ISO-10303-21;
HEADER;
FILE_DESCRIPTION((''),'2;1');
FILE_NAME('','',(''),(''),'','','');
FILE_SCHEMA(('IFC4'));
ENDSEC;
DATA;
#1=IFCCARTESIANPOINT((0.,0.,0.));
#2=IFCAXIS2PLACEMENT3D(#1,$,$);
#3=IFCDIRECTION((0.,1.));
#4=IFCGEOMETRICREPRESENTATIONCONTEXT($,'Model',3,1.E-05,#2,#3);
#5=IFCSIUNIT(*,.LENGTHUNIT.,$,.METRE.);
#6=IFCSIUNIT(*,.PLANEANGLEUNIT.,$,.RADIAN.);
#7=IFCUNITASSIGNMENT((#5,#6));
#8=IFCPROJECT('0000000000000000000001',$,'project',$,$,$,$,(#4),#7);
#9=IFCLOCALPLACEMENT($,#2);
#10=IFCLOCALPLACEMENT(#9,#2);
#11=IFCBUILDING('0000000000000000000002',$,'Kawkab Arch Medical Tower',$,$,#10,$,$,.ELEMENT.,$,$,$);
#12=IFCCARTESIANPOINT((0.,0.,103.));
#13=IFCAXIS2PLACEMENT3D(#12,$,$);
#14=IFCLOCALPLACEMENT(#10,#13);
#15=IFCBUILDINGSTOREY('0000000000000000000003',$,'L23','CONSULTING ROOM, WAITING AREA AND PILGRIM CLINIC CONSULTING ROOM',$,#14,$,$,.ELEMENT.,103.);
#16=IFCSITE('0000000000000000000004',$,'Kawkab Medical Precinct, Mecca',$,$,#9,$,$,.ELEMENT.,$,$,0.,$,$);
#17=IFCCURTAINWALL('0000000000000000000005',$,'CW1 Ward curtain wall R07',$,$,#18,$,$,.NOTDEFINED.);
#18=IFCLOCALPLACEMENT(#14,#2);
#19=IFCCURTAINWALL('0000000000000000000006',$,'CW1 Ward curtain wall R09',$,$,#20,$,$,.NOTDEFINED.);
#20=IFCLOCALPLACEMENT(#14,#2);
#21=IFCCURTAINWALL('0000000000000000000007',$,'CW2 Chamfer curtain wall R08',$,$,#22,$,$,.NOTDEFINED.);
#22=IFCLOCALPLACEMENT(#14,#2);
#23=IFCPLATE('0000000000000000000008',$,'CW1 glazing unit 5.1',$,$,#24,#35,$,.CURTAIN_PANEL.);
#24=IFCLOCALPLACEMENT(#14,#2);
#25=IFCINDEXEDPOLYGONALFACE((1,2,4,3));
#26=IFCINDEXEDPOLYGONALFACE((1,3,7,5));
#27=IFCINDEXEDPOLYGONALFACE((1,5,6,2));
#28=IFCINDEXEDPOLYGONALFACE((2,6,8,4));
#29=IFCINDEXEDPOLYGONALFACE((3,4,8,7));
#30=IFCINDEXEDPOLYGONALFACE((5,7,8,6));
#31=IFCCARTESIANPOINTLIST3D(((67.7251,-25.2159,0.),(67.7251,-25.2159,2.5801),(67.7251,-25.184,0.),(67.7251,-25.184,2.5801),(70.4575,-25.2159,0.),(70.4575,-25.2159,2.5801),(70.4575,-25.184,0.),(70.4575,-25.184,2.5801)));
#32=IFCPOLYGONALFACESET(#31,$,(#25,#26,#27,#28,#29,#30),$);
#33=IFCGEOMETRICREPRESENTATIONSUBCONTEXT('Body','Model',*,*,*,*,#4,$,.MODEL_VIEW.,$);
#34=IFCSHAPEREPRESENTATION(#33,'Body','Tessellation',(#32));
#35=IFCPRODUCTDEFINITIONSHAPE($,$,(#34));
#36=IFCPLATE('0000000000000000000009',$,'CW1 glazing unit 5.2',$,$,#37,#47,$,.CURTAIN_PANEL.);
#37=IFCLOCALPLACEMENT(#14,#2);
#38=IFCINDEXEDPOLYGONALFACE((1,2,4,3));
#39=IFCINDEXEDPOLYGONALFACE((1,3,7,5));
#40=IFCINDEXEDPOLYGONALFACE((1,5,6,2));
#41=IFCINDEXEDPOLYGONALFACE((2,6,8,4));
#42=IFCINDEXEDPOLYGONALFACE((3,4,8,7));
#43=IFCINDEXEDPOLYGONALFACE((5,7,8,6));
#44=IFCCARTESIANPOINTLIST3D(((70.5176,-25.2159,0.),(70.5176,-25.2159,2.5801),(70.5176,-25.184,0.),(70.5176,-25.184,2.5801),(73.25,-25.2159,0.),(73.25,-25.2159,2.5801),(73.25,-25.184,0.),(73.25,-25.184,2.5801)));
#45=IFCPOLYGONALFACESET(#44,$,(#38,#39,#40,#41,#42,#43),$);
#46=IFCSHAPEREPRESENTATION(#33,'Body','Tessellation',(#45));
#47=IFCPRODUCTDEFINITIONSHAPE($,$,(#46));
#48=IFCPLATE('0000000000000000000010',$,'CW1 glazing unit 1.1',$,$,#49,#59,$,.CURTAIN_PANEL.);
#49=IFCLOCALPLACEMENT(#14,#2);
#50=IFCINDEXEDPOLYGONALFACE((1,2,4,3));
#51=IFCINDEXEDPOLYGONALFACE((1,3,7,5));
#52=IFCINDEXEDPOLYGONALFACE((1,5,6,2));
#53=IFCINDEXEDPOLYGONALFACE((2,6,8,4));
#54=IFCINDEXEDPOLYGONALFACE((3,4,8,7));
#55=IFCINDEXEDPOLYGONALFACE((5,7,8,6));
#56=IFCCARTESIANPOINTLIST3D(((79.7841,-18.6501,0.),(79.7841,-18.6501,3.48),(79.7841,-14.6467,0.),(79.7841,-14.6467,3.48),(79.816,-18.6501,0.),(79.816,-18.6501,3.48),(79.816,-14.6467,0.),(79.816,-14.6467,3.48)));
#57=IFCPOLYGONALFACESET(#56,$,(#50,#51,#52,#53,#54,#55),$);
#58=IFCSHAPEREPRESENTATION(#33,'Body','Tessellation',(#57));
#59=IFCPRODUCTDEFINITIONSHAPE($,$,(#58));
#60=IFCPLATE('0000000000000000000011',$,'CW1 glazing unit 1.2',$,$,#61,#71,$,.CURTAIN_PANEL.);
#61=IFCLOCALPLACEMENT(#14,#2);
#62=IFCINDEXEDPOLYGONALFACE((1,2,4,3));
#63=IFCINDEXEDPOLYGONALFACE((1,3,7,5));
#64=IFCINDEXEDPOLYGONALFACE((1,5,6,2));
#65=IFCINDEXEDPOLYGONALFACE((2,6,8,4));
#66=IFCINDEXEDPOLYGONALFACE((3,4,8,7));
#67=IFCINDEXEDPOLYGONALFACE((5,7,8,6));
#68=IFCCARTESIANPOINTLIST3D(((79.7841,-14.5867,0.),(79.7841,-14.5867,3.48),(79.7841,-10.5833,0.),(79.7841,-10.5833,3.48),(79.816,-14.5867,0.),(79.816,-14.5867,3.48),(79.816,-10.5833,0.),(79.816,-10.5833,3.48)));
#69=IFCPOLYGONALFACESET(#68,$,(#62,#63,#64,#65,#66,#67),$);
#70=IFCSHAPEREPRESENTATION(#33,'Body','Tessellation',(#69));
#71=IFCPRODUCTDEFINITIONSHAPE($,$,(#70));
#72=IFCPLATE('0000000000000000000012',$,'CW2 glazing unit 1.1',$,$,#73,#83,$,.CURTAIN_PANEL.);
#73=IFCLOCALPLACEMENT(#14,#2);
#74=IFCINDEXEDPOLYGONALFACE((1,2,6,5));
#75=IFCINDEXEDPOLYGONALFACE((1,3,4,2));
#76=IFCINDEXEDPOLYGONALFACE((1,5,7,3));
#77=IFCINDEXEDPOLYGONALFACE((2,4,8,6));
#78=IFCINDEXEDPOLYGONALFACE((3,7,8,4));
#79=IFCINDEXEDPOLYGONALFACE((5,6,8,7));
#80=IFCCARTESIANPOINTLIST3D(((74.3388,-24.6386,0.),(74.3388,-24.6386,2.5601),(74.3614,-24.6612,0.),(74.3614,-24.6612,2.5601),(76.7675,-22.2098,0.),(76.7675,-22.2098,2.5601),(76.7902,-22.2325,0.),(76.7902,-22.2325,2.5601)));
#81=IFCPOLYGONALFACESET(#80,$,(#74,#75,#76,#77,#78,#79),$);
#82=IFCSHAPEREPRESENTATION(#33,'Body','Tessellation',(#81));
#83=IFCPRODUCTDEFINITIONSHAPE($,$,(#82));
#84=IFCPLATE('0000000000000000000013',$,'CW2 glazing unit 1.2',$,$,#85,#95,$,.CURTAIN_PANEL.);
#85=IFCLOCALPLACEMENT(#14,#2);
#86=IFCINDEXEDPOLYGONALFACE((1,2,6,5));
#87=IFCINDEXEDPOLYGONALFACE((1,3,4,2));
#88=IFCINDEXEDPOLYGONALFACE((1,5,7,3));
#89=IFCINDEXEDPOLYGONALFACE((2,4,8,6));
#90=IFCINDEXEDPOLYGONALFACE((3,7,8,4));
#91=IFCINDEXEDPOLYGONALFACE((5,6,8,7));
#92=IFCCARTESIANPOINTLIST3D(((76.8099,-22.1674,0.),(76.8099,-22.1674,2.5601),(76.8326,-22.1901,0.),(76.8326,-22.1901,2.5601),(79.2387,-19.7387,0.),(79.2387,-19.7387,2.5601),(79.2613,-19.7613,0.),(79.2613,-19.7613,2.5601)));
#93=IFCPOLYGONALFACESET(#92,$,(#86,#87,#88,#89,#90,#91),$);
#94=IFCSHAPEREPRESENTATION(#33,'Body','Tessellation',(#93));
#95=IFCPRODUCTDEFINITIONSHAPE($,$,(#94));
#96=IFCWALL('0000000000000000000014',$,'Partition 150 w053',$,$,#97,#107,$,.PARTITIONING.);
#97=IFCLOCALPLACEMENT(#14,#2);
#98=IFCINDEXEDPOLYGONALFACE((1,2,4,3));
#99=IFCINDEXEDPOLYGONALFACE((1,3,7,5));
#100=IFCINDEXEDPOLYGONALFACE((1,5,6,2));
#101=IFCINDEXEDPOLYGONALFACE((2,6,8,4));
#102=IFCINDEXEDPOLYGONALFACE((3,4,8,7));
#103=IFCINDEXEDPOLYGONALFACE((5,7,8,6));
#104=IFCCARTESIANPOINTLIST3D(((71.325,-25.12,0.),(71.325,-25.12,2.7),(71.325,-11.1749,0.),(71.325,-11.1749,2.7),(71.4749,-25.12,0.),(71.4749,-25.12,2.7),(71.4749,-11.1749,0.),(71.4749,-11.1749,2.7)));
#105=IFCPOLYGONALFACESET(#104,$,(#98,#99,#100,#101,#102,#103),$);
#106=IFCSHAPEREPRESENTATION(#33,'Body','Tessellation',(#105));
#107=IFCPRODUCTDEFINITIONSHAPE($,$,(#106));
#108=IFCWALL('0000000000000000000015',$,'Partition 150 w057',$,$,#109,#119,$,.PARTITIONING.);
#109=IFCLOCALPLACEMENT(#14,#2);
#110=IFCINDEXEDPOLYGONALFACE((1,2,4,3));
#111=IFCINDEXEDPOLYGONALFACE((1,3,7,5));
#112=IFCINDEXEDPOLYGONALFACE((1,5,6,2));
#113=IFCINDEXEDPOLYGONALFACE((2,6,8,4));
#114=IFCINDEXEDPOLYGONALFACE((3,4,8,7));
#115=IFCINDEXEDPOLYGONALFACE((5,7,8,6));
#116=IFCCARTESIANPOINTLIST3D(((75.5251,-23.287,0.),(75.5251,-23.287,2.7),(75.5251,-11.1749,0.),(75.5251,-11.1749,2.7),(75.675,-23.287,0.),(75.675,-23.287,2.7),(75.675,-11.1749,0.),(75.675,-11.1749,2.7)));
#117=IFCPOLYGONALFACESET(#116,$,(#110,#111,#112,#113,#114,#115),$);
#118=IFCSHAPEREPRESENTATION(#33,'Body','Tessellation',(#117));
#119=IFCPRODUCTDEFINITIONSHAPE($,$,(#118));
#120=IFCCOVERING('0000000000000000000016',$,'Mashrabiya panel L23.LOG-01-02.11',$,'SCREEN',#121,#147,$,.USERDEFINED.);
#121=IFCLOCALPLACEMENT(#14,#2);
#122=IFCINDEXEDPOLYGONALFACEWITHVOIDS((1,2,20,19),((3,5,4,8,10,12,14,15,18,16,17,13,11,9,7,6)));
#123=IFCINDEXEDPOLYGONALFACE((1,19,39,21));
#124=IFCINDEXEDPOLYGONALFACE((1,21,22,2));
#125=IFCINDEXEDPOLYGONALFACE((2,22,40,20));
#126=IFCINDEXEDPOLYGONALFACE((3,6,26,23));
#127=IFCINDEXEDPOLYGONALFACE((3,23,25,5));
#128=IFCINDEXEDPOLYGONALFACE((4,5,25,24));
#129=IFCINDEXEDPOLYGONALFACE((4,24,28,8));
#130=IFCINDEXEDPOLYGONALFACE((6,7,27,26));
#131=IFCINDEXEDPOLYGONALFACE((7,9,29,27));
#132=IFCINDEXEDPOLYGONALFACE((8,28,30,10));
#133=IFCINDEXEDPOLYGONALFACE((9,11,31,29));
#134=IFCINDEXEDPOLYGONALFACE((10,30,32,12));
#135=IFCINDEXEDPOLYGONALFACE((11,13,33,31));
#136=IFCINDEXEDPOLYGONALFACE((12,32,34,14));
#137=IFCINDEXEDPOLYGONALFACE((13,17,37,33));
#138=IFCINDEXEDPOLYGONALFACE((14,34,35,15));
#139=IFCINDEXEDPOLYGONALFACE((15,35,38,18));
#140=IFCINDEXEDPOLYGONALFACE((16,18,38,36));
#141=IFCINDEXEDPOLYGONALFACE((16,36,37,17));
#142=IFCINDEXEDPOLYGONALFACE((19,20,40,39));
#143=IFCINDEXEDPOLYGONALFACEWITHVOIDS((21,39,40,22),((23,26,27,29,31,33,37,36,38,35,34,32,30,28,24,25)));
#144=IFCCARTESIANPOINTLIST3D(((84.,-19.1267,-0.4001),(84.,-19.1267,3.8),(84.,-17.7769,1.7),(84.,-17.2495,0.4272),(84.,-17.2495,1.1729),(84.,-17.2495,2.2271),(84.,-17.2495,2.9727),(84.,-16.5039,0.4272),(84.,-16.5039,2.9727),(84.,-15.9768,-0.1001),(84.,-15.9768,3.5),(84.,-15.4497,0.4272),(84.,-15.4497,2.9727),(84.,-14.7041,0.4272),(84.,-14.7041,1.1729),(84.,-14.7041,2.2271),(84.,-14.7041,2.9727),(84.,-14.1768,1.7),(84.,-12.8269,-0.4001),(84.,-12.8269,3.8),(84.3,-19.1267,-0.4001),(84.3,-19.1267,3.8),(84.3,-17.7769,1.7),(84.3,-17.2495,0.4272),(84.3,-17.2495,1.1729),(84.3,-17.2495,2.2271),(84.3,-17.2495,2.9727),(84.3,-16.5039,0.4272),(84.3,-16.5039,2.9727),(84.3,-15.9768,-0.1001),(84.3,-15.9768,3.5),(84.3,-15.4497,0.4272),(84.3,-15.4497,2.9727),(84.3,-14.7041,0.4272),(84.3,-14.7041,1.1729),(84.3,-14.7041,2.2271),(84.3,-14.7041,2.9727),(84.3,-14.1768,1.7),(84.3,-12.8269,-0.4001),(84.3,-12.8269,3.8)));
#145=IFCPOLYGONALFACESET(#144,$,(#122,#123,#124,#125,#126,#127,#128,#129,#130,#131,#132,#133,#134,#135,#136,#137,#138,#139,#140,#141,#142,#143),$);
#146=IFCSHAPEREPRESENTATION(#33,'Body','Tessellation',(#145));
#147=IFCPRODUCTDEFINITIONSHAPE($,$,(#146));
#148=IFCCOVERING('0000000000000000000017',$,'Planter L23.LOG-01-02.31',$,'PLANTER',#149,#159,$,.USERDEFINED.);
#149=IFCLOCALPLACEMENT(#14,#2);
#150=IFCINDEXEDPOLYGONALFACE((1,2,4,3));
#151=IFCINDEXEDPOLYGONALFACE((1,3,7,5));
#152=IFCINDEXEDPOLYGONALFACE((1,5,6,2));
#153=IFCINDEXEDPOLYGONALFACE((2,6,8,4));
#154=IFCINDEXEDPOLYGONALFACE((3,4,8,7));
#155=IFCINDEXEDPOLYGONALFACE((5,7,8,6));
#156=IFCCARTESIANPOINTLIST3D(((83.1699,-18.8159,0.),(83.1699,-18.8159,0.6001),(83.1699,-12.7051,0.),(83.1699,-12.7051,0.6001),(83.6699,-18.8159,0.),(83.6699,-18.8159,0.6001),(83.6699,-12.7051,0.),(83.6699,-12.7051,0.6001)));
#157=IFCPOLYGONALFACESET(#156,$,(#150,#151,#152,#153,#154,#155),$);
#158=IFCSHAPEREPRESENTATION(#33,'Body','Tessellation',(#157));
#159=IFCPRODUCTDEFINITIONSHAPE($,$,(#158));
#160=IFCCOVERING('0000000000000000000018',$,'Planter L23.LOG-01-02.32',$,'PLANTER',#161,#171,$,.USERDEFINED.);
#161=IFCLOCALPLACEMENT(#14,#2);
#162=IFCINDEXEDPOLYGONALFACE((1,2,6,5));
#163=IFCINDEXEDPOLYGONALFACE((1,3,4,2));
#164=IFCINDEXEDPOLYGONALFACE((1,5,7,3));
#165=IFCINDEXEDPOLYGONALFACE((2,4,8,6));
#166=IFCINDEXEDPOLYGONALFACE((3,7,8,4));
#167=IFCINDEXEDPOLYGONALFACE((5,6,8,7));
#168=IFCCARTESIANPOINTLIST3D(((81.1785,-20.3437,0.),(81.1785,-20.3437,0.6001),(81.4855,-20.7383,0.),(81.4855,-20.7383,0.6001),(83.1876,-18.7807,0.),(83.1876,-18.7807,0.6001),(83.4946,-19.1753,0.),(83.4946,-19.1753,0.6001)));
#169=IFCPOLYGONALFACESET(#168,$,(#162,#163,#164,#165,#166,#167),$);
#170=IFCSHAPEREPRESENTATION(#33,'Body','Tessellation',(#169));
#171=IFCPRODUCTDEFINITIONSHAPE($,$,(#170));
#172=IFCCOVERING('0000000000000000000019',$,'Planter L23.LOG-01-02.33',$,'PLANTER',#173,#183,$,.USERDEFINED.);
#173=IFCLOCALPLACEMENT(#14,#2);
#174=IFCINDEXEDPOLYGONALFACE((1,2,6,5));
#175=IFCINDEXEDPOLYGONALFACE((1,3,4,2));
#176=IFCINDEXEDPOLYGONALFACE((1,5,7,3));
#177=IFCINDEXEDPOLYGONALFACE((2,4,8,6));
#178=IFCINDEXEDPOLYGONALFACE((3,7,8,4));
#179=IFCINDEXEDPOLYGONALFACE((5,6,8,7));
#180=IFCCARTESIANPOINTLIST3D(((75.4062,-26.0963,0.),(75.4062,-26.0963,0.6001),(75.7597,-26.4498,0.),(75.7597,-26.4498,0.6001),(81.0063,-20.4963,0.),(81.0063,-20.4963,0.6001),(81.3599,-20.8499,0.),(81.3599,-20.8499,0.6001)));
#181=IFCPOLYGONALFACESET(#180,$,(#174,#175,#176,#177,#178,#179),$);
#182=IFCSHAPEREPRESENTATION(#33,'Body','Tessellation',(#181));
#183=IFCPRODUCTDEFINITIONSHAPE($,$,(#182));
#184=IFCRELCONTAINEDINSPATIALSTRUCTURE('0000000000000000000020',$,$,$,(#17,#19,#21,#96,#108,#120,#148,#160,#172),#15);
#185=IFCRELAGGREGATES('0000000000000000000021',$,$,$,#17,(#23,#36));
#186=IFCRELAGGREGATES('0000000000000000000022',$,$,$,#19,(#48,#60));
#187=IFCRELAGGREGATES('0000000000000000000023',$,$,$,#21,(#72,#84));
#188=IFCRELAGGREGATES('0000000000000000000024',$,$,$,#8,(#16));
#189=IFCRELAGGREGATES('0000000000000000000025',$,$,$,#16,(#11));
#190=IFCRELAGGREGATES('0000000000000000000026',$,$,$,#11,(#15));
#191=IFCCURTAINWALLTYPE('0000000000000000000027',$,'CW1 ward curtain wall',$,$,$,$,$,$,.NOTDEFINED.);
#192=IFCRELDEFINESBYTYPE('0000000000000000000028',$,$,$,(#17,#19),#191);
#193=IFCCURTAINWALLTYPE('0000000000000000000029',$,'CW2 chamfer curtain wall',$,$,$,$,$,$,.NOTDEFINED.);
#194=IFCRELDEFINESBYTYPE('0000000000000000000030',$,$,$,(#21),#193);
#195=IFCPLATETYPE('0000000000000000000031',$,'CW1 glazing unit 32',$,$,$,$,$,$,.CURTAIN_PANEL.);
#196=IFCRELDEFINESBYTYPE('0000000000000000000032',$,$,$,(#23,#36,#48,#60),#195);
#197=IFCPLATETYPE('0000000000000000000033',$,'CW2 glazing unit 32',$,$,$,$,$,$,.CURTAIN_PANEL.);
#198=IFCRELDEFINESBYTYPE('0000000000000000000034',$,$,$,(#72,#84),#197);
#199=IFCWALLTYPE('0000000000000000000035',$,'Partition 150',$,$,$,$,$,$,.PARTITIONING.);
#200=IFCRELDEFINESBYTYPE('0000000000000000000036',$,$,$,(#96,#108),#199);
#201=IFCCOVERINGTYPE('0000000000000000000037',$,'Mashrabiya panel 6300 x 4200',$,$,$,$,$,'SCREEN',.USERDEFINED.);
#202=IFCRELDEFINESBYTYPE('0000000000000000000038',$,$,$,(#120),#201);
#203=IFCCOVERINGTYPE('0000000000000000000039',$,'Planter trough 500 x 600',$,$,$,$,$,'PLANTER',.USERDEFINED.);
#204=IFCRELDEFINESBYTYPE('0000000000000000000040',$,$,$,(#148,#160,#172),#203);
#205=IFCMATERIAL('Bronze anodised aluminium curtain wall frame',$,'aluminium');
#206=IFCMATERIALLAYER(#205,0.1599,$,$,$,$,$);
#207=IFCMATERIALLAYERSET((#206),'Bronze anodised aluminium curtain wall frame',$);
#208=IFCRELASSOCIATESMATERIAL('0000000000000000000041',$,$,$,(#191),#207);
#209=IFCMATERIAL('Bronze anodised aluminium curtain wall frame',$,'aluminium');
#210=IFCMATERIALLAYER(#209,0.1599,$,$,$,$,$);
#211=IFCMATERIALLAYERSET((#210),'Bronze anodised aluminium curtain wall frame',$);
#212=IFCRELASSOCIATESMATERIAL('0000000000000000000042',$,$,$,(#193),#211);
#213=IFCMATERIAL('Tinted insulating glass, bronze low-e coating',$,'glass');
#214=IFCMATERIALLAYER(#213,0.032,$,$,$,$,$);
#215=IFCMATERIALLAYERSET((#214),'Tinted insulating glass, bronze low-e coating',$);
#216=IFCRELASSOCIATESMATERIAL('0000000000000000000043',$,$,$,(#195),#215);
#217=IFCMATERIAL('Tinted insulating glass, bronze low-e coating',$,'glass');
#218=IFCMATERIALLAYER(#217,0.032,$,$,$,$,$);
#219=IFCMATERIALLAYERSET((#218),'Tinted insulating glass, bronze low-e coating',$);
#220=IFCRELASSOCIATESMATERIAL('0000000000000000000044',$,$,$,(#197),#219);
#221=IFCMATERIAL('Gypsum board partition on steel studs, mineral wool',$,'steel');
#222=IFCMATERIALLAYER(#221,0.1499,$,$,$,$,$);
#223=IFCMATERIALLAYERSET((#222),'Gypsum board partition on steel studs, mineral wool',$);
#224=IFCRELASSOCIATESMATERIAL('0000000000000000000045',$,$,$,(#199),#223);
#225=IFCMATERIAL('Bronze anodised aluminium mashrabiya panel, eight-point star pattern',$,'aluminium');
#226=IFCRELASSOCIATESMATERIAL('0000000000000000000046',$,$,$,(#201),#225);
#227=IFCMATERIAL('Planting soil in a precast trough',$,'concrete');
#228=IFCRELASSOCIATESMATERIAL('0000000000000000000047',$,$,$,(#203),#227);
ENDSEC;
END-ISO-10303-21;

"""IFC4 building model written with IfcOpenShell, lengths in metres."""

from ifc_helpers import new_model, si_unit, direction, frame, frame_2d, origin, origin_2d, place, context, subcontext, project, spatial, polyline, rectangle, outline, extrude, material, layer, layer_set, material_profile, profile_set, type_object, element, aggregate, save


model = new_model("IFC4")

# Units and contexts
model_context = context("Model", 3, precision=1e-05, world=origin(), true_north=direction((0.0, 1.0)))
body_context = subcontext(model_context, "Body", "Model", "MODEL_VIEW")
ifc_project = project(units=[si_unit("LENGTHUNIT", "METRE"), si_unit("PLANEANGLEUNIT", "RADIAN")], contexts=[model_context])

# Site, building, storey
site_placement = place(None, origin())
site = spatial("IfcSite", under=ifc_project, at=site_placement, Name="Kawkab Medical Precinct, Mecca", CompositionType="ELEMENT", RefElevation=0.0)
building_placement = place(site_placement, origin())
building = spatial("IfcBuilding", under=site, at=building_placement, Name="Kawkab Arch Medical Tower", CompositionType="ELEMENT")
storey_placement = place(building_placement, frame((0.0, 0.0, 103.0)))
storey = spatial("IfcBuildingStorey", under=building, at=storey_placement, Name="L23", Description="CONSULTING ROOM, WAITING AREA AND PILGRIM CLINIC CONSULTING ROOM", CompositionType="ELEMENT", Elevation=103.0)

# Curtain walls
ifc_material_1 = material(Name="Bronze anodised aluminium curtain wall frame", Category="aluminium")
ifc_layer_1 = layer(ifc_material_1, 0.1599)
ifc_layer_set_1 = layer_set([ifc_layer_1], Name="Bronze anodised aluminium curtain wall frame")
curtain_wall_type_1 = type_object("IfcCurtainWallType", Name="CW1 ward curtain wall", PredefinedType="NOTDEFINED", material=ifc_layer_set_1)
placement = place(storey_placement, origin())
curtain_wall_1 = element("IfcCurtainWall", 1, at=placement, inside=storey, type_object=curtain_wall_type_1, Name="CW1 Ward curtain wall R07", PredefinedType="NOTDEFINED")
curtain_wall_2 = element("IfcCurtainWall", 2, at=placement, inside=storey, type_object=curtain_wall_type_1, Name="CW1 Ward curtain wall R09", PredefinedType="NOTDEFINED")

# Curtain wall
ifc_material_2 = material(Name="Bronze anodised aluminium curtain wall frame", Category="aluminium")
ifc_layer_2 = layer(ifc_material_2, 0.1599)
ifc_layer_set_2 = layer_set([ifc_layer_2], Name="Bronze anodised aluminium curtain wall frame")
curtain_wall_type_2 = type_object("IfcCurtainWallType", Name="CW2 chamfer curtain wall", PredefinedType="NOTDEFINED", material=ifc_layer_set_2)
curtain_wall_3 = element("IfcCurtainWall", 3, at=placement, inside=storey, type_object=curtain_wall_type_2, Name="CW2 Chamfer curtain wall R08", PredefinedType="NOTDEFINED")

# Plates
ifc_material_3 = material(Name="Tinted insulating glass, bronze low-e coating", Category="glass")
ifc_layer_3 = layer(ifc_material_3, 0.032)
ifc_layer_set_3 = layer_set([ifc_layer_3], Name="Tinted insulating glass, bronze low-e coating")
plate_type_1 = type_object("IfcPlateType", Name="CW1 glazing unit 32", PredefinedType="CURTAIN_PANEL", material=ifc_layer_set_3)
plate_1_placement = place(storey_placement, frame((69.0913, -25.2, 0.0), z_axis=(0.0, 0.0, 1.0), x_axis=(1.0, 0.0, 0.0)))
plate_1 = element("IfcPlate", 4, at=plate_1_placement, type_object=plate_type_1, Name="CW1 glazing unit 5.1", PredefinedType="CURTAIN_PANEL", context=body_context, shape_type="SweptSolid", body=[
    extrude(rectangle(XDim=2.7324, YDim=0.032, at=origin_2d()), origin(), (0.0, 0.0, 1.0), 2.5801),
])
plate_2_placement = place(storey_placement, frame((71.8838, -25.2, 0.0), z_axis=(0.0, 0.0, 1.0), x_axis=(1.0, 0.0, 0.0)))
plate_2 = element("IfcPlate", 5, at=plate_2_placement, type_object=plate_type_1, Name="CW1 glazing unit 5.2", PredefinedType="CURTAIN_PANEL", context=body_context, shape_type="SweptSolid", body=[
    extrude(rectangle(XDim=2.7324, YDim=0.032, at=origin_2d()), origin(), (0.0, 0.0, 1.0), 2.5801),
])
aggregate(curtain_wall_1, [plate_1, plate_2])
plate_3_placement = place(storey_placement, frame((79.8, -16.6484, 0.0), z_axis=(0.0, 0.0, 1.0), x_axis=(0.0, 1.0, 0.0)))
plate_3 = element("IfcPlate", 6, at=plate_3_placement, type_object=plate_type_1, Name="CW1 glazing unit 1.1", PredefinedType="CURTAIN_PANEL", context=body_context, shape_type="SweptSolid", body=[
    extrude(rectangle(XDim=4.0034, YDim=0.032, at=origin_2d()), origin(), (0.0, 0.0, 1.0), 3.48),
])
plate_4_placement = place(storey_placement, frame((79.8, -12.585, 0.0), z_axis=(0.0, 0.0, 1.0), x_axis=(0.0, 1.0, 0.0)))
plate_4 = element("IfcPlate", 7, at=plate_4_placement, type_object=plate_type_1, Name="CW1 glazing unit 1.2", PredefinedType="CURTAIN_PANEL", context=body_context, shape_type="SweptSolid", body=[
    extrude(rectangle(XDim=4.0034, YDim=0.032, at=origin_2d()), origin(), (0.0, 0.0, 1.0), 3.48),
])
aggregate(curtain_wall_2, [plate_3, plate_4])
ifc_material_4 = material(Name="Tinted insulating glass, bronze low-e coating", Category="glass")
ifc_layer_4 = layer(ifc_material_4, 0.032)
ifc_layer_set_4 = layer_set([ifc_layer_4], Name="Tinted insulating glass, bronze low-e coating")
plate_type_2 = type_object("IfcPlateType", Name="CW2 glazing unit 32", PredefinedType="CURTAIN_PANEL", material=ifc_layer_set_4)
plate_5_placement = place(storey_placement, frame((75.5645, -23.4355, 0.0), z_axis=(0.0, 0.0, 1.0), x_axis=(0.707107, 0.707107, 0.0)))
plate_5 = element("IfcPlate", 8, at=plate_5_placement, type_object=plate_type_2, Name="CW2 glazing unit 1.1", PredefinedType="CURTAIN_PANEL", context=body_context, shape_type="SweptSolid", body=[
    extrude(rectangle(XDim=3.4348, YDim=0.032, at=origin_2d()), origin(), (0.0, 0.0, 1.0), 2.5601),
])
plate_6_placement = place(storey_placement, frame((78.0356, -20.9644, 0.0), z_axis=(0.0, 0.0, 1.0), x_axis=(0.707107, 0.707107, 0.0)))
plate_6 = element("IfcPlate", 9, at=plate_6_placement, type_object=plate_type_2, Name="CW2 glazing unit 1.2", PredefinedType="CURTAIN_PANEL", context=body_context, shape_type="SweptSolid", body=[
    extrude(rectangle(XDim=3.4348, YDim=0.032, at=origin_2d()), origin(), (0.0, 0.0, 1.0), 2.5601),
])
aggregate(curtain_wall_3, [plate_5, plate_6])

# Walls
ifc_material_5 = material(Name="Gypsum board partition on steel studs, mineral wool", Category="steel")
ifc_layer_5 = layer(ifc_material_5, 0.1499)
ifc_layer_set_5 = layer_set([ifc_layer_5], Name="Gypsum board partition on steel studs, mineral wool")
wall_type = type_object("IfcWallType", Name="Partition 150", PredefinedType="PARTITIONING", material=ifc_layer_set_5)
wall_1_placement = place(storey_placement, frame((71.3999, -25.1201, 0.0), z_axis=(0.0, 0.0, 1.0), x_axis=(0.0, 1.0, 0.0)))
element("IfcWall", 10, at=wall_1_placement, inside=storey, type_object=wall_type, Name="Partition 150 w053", PredefinedType="PARTITIONING", context=body_context, shape_type="SweptSolid", body=[
    extrude(rectangle(XDim=13.9451, YDim=0.1499, at=frame_2d((6.9727, 0.0))), origin(), (0.0, 0.0, 1.0), 2.7),
])
wall_2_placement = place(storey_placement, frame((75.6001, -23.2871, 0.0), z_axis=(0.0, 0.0, 1.0), x_axis=(0.0, 1.0, 0.0)))
element("IfcWall", 11, at=wall_2_placement, inside=storey, type_object=wall_type, Name="Partition 150 w057", PredefinedType="PARTITIONING", context=body_context, shape_type="SweptSolid", body=[
    extrude(rectangle(XDim=12.1121, YDim=0.1499, at=frame_2d((6.0562, 0.0))), origin(), (0.0, 0.0, 1.0), 2.7),
])

# Coverings
ifc_material_6 = material(Name="Bronze anodised aluminium mashrabiya panel, eight-point star pattern", Category="aluminium")
ifc_material_profile_1 = material_profile(ifc_material_6, outline(polyline([(-3.1499, -2.1001), (3.1499, -2.1001), (3.1499, 2.1001), (-3.1499, 2.1001), (-3.1499, -2.1001)]), holes=[polyline([(1.8, 0.0), (1.2727, 0.5271), (1.2727, 1.2727), (0.5271, 1.2727), (0.0, 1.8), (-0.5271, 1.2727), (-1.2727, 1.2727), (-1.2727, 0.5271), (-1.8, 0.0), (-1.2727, -0.5271), (-1.2727, -1.2727), (-0.5271, -1.2727), (0.0, -1.8), (0.5271, -1.2727), (1.2727, -1.2727), (1.2727, -0.5271), (1.8, 0.0)])]), Name="Mashrabiya panel 6300x4200")
ifc_profile_set_1 = profile_set([ifc_material_profile_1], Name="Bronze anodised aluminium mashrabiya panel, eight-point star pattern")
covering_type_1 = type_object("IfcCoveringType", Name="Mashrabiya panel 6300 x 4200", ElementType="SCREEN", PredefinedType="USERDEFINED", material=ifc_profile_set_1)
covering_1_placement = place(storey_placement, frame((84.0, -15.9768, 1.7), z_axis=(1.0, 0.0, 0.0), x_axis=(0.0, 1.0, 0.0)))
element("IfcCovering", 12, at=covering_1_placement, inside=storey, type_object=covering_type_1, Name="Mashrabiya panel L23.LOG-01-02.11", ObjectType="SCREEN", PredefinedType="USERDEFINED", context=body_context, shape_type="SweptSolid", body=[
    extrude(outline(polyline([(-3.1499, -2.1001), (3.1499, -2.1001), (3.1499, 2.1001), (-3.1499, 2.1001), (-3.1499, -2.1001)]), holes=[polyline([(1.8, 0.0), (1.2727, 0.5271), (1.2727, 1.2727), (0.5271, 1.2727), (0.0, 1.8), (-0.5271, 1.2727), (-1.2727, 1.2727), (-1.2727, 0.5271), (-1.8, 0.0), (-1.2727, -0.5271), (-1.2727, -1.2727), (-0.5271, -1.2727), (0.0, -1.8), (0.5271, -1.2727), (1.2727, -1.2727), (1.2727, -0.5271), (1.8, 0.0)])]), origin(), (0.0, 0.0, 1.0), 0.3),
])
ifc_material_7 = material(Name="Planting soil in a precast trough", Category="concrete")
ifc_material_profile_2 = material_profile(ifc_material_7, rectangle(XDim=0.5, YDim=0.6001, at=origin_2d()), Name="Trough 500x600")
ifc_profile_set_2 = profile_set([ifc_material_profile_2], Name="Planting soil in a precast trough")
covering_type_2 = type_object("IfcCoveringType", Name="Planter trough 500 x 600", ElementType="PLANTER", PredefinedType="USERDEFINED", material=ifc_profile_set_2)
covering_2_placement = place(storey_placement, frame((83.4199, -12.7051, 0.3), z_axis=(0.0, -1.0, 0.0), x_axis=(1.0, 0.0, 0.0)))
element("IfcCovering", 13, at=covering_2_placement, inside=storey, type_object=covering_type_2, Name="Planter L23.LOG-01-02.31", ObjectType="PLANTER", PredefinedType="USERDEFINED", context=body_context, shape_type="SweptSolid", body=[
    extrude(rectangle(XDim=0.5, YDim=0.6001, at=origin_2d()), origin(), (0.0, 0.0, 1.0), 6.1108),
])
covering_3_placement = place(storey_placement, frame((83.3411, -18.978, 0.3), z_axis=(-0.789275, -0.61404, 0.0), x_axis=(0.61404, -0.789275, 0.0)))
element("IfcCovering", 14, at=covering_3_placement, inside=storey, type_object=covering_type_2, Name="Planter L23.LOG-01-02.32", ObjectType="PLANTER", PredefinedType="USERDEFINED", context=body_context, shape_type="SweptSolid", body=[
    extrude(rectangle(XDim=0.5, YDim=0.6001, at=origin_2d()), origin(), (0.0, 0.0, 1.0), 2.5454),
])
covering_4_placement = place(storey_placement, frame((81.1831, -20.6731, 0.3), z_axis=(-0.707122, -0.707091, 0.0), x_axis=(0.707091, -0.707122, 0.0)))
element("IfcCovering", 15, at=covering_4_placement, inside=storey, type_object=covering_type_2, Name="Planter L23.LOG-01-02.33", ObjectType="PLANTER", PredefinedType="USERDEFINED", context=body_context, shape_type="SweptSolid", body=[
    extrude(rectangle(XDim=0.5, YDim=0.6001, at=origin_2d()), origin(), (0.0, 0.0, 1.0), 7.9197),
])

save(model, "model.ifc")
